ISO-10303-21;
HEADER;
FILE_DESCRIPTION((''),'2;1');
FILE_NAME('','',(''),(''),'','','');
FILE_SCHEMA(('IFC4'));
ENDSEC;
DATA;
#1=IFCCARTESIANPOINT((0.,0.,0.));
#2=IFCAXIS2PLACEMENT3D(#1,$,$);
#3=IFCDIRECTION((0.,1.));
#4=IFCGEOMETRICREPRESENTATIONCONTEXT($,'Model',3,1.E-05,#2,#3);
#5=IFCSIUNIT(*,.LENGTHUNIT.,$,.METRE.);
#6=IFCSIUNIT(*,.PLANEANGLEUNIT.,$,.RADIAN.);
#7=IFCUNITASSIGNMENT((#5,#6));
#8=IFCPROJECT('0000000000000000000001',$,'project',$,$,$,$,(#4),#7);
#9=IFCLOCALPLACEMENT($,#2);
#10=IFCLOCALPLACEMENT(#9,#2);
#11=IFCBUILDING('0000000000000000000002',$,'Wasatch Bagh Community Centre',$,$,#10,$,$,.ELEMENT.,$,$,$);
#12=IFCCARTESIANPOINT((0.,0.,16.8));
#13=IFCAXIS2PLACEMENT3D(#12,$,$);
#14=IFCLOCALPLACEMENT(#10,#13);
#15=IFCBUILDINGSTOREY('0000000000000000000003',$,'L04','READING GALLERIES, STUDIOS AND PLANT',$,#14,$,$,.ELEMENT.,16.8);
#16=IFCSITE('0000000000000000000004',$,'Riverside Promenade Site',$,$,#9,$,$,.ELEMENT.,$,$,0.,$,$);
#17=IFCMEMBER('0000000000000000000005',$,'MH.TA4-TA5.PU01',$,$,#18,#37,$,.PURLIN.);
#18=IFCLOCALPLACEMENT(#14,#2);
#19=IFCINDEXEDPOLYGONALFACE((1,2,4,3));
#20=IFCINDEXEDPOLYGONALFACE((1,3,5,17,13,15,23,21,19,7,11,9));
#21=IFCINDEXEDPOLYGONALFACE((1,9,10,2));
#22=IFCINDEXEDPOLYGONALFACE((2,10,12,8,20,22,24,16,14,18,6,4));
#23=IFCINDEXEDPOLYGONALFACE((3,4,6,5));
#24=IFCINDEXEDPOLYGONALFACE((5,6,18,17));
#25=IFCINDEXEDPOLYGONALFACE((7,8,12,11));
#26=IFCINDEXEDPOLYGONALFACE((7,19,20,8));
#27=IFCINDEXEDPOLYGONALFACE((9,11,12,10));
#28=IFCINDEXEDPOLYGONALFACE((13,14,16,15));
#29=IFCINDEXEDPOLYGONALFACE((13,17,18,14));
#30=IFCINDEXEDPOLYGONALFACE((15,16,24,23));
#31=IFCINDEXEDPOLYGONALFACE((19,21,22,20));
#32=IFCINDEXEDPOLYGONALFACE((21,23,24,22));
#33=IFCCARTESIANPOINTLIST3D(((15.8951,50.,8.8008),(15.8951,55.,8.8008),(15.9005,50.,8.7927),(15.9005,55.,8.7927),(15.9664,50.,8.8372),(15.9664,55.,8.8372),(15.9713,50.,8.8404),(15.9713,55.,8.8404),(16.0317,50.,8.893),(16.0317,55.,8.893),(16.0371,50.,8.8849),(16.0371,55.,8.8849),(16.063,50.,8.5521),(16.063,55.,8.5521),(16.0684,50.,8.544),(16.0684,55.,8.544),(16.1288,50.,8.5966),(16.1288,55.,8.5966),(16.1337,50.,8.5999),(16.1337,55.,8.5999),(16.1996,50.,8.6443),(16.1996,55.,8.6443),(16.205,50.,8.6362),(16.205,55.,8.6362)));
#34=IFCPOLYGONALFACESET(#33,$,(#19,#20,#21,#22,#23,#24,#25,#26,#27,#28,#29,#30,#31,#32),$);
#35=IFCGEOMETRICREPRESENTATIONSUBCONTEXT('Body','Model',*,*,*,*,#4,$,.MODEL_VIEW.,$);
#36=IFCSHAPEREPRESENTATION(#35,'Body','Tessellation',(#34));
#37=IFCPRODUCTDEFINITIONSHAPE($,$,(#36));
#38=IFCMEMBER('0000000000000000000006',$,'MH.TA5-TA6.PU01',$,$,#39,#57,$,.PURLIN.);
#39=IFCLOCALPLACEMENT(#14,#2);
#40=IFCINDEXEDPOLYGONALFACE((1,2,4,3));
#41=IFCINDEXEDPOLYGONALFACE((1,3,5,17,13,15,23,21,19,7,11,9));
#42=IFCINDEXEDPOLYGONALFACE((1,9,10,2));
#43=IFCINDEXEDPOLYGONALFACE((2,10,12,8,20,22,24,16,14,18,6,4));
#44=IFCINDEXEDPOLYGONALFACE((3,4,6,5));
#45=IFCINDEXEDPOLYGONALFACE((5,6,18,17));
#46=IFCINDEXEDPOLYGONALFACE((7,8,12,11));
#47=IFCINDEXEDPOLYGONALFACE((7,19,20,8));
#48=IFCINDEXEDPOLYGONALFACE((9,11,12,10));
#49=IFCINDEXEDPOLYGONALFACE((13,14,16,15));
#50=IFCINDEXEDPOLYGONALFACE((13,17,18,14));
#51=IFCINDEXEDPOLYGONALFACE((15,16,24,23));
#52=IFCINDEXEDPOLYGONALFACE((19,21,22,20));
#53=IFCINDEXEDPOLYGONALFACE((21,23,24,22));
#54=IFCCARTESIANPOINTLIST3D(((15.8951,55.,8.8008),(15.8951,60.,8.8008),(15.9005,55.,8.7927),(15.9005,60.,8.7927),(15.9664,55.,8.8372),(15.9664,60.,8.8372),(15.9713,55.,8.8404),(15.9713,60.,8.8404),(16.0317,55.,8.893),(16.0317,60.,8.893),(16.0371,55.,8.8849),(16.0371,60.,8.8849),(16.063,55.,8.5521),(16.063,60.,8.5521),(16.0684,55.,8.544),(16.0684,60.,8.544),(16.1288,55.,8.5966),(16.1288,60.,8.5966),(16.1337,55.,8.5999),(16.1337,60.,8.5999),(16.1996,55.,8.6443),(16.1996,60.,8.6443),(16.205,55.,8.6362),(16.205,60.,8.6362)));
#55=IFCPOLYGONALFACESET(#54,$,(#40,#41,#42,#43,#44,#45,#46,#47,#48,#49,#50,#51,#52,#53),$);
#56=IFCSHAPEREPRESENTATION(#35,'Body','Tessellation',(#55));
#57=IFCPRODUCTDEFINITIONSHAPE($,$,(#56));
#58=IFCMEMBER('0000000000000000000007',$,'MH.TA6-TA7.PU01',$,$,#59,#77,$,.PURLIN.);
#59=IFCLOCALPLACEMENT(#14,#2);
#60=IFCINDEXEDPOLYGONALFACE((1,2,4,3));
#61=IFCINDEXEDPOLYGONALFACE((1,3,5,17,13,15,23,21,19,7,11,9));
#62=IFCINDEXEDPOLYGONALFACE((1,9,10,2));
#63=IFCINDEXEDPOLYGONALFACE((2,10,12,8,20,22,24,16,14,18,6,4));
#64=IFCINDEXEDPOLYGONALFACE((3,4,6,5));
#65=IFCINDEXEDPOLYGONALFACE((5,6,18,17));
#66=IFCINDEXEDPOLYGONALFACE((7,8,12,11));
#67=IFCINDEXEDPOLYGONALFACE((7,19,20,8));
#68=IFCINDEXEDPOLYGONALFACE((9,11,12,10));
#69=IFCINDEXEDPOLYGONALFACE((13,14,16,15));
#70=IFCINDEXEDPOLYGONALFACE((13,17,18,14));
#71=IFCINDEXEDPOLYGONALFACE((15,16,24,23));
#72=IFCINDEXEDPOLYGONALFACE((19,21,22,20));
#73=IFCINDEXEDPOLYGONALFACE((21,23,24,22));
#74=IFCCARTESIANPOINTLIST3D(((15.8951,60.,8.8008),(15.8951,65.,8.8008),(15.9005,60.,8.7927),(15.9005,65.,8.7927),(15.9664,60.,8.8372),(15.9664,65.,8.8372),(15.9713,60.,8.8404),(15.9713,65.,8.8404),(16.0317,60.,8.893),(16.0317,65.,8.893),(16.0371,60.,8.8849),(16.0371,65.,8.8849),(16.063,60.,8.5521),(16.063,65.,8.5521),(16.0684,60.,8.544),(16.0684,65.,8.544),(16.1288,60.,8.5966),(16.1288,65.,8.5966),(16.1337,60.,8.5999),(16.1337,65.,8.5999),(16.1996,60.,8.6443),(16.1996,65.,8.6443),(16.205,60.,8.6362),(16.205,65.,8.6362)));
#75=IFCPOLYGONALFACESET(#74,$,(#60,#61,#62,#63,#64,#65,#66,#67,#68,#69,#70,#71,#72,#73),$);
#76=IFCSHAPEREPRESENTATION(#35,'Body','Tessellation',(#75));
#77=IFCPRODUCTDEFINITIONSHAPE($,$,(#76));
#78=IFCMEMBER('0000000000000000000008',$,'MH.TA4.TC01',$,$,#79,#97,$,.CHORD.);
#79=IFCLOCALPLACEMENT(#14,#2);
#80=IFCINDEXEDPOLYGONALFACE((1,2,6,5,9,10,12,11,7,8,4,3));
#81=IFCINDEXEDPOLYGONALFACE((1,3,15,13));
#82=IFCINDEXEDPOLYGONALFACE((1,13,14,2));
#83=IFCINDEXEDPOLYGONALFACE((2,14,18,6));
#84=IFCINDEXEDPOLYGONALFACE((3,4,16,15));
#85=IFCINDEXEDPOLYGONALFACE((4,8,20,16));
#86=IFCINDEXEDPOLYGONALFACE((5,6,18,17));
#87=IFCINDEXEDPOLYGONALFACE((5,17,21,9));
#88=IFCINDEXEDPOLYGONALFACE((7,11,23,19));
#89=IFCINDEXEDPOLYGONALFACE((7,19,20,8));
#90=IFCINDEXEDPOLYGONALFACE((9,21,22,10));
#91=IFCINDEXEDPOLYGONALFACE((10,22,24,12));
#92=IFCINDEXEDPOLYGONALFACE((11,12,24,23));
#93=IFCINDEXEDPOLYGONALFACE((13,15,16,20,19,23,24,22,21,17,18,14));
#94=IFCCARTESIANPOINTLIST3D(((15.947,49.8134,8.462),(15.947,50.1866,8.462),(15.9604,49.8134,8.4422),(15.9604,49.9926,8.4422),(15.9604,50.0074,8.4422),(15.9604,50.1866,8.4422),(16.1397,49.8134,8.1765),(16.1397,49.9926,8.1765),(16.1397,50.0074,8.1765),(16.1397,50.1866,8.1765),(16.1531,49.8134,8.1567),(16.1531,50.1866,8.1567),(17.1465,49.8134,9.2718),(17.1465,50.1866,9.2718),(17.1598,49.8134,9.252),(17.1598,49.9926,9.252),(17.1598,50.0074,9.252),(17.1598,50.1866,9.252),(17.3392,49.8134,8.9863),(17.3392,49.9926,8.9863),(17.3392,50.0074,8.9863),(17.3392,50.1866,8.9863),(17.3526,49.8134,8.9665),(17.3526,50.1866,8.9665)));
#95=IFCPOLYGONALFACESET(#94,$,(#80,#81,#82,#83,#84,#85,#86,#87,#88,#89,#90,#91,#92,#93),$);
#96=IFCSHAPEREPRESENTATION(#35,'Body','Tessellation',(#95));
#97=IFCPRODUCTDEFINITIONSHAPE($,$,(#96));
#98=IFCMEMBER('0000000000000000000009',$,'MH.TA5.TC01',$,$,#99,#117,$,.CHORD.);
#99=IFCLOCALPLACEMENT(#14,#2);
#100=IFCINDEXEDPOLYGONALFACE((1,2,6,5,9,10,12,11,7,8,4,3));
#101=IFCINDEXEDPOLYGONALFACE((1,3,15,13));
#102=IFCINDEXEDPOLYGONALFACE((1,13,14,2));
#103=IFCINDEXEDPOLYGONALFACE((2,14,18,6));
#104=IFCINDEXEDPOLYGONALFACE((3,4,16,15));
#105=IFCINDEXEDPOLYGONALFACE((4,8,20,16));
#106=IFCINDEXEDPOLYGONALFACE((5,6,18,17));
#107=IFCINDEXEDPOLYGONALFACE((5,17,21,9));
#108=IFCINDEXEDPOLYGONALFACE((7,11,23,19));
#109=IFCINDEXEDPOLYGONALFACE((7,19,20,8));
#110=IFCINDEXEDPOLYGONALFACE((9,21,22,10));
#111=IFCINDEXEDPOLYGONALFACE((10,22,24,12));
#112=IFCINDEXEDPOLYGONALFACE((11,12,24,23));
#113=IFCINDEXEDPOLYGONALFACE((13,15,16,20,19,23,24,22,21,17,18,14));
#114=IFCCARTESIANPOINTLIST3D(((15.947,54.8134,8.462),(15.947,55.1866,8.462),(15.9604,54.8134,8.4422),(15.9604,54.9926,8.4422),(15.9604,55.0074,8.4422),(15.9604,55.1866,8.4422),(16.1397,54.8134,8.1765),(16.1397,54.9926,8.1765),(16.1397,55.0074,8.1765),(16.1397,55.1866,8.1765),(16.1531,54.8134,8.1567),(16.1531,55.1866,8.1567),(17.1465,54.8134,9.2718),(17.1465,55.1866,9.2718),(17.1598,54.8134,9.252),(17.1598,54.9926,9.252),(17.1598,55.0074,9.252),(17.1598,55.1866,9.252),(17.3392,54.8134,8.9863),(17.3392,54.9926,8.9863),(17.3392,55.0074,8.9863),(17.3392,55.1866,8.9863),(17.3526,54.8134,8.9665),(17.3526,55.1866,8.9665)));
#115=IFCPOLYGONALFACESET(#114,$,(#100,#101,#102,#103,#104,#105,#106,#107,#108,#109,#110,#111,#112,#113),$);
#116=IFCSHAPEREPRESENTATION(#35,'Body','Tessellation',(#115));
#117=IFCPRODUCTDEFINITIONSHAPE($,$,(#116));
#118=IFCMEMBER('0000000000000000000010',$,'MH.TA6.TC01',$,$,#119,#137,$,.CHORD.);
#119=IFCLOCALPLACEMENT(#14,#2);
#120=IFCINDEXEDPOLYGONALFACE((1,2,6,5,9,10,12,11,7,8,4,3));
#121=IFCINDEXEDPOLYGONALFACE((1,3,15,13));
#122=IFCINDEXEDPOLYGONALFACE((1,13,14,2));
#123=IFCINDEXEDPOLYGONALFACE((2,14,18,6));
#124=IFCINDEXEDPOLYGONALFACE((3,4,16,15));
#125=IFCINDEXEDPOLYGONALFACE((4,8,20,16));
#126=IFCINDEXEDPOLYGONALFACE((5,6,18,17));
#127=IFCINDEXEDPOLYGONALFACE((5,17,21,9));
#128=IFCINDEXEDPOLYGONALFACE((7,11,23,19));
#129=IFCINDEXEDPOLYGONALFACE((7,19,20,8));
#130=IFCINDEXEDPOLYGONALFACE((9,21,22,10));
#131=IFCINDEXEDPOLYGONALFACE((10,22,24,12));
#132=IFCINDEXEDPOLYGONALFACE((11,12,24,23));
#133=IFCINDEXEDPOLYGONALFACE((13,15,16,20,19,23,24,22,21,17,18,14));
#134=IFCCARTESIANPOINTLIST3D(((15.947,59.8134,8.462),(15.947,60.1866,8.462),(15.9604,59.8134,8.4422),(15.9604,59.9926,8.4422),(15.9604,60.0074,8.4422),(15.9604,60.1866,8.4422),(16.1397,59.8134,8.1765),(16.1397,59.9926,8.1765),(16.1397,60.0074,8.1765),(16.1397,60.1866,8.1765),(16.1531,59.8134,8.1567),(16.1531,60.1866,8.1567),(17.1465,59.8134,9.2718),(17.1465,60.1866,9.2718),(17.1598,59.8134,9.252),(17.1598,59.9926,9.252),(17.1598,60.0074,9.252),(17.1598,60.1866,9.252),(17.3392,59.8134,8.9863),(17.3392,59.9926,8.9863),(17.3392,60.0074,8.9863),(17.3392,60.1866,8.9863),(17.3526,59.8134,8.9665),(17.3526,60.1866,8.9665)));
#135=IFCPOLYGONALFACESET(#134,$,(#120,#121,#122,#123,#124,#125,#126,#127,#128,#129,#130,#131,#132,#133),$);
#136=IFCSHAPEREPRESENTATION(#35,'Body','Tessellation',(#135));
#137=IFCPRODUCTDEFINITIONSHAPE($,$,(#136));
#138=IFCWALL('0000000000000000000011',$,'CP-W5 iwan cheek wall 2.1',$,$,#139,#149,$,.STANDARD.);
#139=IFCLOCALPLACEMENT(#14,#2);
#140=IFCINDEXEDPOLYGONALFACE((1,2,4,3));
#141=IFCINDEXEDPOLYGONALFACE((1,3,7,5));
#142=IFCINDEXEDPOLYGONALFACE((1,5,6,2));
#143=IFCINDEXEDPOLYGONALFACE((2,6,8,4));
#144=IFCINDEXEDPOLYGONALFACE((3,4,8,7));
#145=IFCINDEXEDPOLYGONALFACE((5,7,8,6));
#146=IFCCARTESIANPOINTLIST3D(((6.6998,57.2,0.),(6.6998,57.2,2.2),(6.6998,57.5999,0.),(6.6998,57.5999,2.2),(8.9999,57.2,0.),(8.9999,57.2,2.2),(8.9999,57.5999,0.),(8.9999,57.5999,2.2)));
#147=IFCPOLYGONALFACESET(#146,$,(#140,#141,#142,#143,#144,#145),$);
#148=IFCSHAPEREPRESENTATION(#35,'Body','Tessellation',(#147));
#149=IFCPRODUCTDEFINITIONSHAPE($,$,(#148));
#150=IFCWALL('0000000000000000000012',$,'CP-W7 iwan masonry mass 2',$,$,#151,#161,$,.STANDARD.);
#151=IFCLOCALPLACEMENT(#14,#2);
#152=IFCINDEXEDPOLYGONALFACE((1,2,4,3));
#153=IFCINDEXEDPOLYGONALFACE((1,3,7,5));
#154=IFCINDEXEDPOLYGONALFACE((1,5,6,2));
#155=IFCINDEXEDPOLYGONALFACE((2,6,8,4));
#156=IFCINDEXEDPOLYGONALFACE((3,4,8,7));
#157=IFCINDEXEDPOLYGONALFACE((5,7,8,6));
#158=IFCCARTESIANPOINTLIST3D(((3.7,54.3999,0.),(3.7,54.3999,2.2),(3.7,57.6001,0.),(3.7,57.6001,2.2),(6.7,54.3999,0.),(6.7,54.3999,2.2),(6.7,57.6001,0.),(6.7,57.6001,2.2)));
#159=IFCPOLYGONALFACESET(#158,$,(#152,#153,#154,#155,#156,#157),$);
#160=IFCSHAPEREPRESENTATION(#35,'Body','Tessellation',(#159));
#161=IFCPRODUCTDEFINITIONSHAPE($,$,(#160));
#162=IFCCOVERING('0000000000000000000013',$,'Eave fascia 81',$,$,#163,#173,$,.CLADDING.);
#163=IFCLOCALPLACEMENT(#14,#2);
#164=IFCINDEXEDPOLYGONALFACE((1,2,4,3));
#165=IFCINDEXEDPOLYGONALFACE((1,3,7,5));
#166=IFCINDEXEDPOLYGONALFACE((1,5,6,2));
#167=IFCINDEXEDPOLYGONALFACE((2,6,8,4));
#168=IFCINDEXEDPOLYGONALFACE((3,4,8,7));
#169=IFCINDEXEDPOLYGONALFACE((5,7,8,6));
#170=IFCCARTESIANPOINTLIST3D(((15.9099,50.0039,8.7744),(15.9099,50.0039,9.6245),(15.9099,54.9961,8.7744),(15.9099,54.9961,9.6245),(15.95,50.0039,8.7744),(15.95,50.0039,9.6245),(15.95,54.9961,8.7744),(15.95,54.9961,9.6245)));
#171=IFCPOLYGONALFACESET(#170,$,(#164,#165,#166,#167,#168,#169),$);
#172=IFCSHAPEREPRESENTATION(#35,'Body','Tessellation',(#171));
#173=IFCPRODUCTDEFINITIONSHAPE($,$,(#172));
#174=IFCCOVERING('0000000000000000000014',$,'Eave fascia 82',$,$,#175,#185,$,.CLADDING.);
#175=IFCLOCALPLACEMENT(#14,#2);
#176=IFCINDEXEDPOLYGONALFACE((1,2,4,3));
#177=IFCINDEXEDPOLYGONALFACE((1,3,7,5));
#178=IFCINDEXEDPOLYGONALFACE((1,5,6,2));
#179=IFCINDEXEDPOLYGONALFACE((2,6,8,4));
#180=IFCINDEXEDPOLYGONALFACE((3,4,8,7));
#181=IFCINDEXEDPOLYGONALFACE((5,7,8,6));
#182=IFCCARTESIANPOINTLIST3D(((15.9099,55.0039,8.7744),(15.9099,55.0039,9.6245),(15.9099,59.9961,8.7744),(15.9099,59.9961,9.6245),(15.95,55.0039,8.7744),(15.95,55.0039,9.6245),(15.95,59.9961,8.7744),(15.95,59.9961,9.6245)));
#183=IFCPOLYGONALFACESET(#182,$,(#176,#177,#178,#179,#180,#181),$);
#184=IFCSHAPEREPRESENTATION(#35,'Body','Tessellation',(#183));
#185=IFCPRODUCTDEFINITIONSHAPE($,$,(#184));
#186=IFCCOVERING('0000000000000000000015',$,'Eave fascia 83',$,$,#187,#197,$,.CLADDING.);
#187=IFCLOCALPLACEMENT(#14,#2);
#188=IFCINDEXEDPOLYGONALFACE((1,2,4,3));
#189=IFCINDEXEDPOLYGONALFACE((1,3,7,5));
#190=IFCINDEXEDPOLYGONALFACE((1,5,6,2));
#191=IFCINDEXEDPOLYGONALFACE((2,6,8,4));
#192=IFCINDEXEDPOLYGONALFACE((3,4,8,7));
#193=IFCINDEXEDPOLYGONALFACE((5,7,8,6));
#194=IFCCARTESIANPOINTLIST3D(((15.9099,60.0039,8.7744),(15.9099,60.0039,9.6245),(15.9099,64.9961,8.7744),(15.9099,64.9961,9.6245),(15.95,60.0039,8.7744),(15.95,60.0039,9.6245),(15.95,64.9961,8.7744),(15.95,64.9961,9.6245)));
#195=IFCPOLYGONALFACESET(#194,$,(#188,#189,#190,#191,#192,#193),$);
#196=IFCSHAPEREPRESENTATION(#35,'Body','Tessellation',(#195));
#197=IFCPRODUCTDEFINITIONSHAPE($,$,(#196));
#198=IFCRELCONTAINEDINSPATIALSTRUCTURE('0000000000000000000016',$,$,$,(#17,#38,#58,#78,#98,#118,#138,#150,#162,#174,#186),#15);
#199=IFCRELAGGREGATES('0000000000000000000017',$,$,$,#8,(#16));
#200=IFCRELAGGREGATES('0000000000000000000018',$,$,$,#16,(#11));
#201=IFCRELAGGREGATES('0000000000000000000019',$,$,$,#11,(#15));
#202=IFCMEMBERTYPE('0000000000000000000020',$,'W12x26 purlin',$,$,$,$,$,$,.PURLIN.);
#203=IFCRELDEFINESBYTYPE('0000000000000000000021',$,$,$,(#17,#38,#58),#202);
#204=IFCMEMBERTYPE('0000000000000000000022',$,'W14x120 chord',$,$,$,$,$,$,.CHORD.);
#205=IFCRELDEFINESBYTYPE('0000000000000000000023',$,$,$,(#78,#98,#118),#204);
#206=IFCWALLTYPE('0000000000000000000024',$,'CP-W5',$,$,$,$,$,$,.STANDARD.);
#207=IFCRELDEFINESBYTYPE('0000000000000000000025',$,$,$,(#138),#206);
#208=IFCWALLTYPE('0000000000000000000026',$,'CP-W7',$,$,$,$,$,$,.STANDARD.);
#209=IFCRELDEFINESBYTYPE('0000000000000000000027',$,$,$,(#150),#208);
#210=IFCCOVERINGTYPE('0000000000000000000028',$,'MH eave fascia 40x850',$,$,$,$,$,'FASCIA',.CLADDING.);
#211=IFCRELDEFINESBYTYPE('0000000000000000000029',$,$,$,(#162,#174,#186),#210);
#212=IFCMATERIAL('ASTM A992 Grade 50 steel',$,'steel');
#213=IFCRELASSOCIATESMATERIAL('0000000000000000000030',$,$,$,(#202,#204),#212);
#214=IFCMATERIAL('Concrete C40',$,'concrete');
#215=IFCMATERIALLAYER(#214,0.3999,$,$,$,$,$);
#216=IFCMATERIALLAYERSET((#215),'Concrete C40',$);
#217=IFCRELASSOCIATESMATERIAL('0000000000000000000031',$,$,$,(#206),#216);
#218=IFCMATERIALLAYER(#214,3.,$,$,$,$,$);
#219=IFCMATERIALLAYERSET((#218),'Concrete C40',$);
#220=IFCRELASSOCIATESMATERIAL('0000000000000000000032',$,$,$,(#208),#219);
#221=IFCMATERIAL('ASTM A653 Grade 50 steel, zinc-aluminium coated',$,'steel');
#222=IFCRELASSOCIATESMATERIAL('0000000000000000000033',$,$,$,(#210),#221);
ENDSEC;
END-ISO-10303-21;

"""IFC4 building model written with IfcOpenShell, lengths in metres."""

from ifc_helpers import new_model, si_unit, direction, frame, frame_2d, origin, origin_2d, place, context, subcontext, project, spatial, rectangle, i_section, extrude, material, layer, layer_set, material_profile, profile_set, type_object, element, save


model = new_model("IFC4")

# Units and contexts
model_context = context("Model", 3, precision=1e-05, world=origin(), true_north=direction((0.0, 1.0)))
body_context = subcontext(model_context, "Body", "Model", "MODEL_VIEW")
ifc_project = project(units=[si_unit("LENGTHUNIT", "METRE"), si_unit("PLANEANGLEUNIT", "RADIAN")], contexts=[model_context])

# Site, building, storey
site_placement = place(None, origin())
site = spatial("IfcSite", under=ifc_project, at=site_placement, Name="Riverside Promenade Site", CompositionType="ELEMENT", RefElevation=0.0)
building_placement = place(site_placement, origin())
building = spatial("IfcBuilding", under=site, at=building_placement, Name="Wasatch Bagh Community Centre", CompositionType="ELEMENT")
storey_placement = place(building_placement, frame((0.0, 0.0, 16.8)))
storey = spatial("IfcBuildingStorey", under=building, at=storey_placement, Name="L04", Description="READING GALLERIES, STUDIOS AND PLANT", CompositionType="ELEMENT", Elevation=16.8)

# Members
ifc_material_1 = material(Name="ASTM A992 Grade 50 steel", Category="steel")
ifc_material_profile_1 = material_profile(ifc_material_1, i_section(OverallWidth=0.1648, OverallDepth=0.3098, WebThickness=0.0059, FlangeThickness=0.0098, at=origin_2d()), Name="W12x26")
ifc_profile_set_1 = profile_set([ifc_material_profile_1], Name="ASTM A992 Grade 50 steel")
member_type_1 = type_object("IfcMemberType", Name="W12x26 purlin", PredefinedType="PURLIN", material=ifc_profile_set_1)
for number, where, z_axis, x_axis, name in (
    (1, (16.05, 50.0, 8.7185), (0.0, 1.0, 0.0), (-0.828791, 0.0, -0.559559), "MH.TA4-TA5.PU01"),
    (2, (16.05, 55.0, 8.7185), (0.0, 1.0, 0.0), (-0.828791, 0.0, -0.559559), "MH.TA5-TA6.PU01"),
    (3, (16.05, 60.0, 8.7185), (0.0, 1.0, 0.0), (-0.828791, 0.0, -0.559559), "MH.TA6-TA7.PU01"),
):
    element("IfcMember", number, at=place(storey_placement, frame(where, z_axis=z_axis, x_axis=x_axis)), inside=storey, type_object=member_type_1, Name=name, PredefinedType="PURLIN", context=body_context, shape_type="SweptSolid", body=[
        extrude(i_section(OverallWidth=0.1648, OverallDepth=0.3098, WebThickness=0.0059, FlangeThickness=0.0098, at=origin_2d()), origin(), (0.0, 0.0, 1.0), 5.0),
    ])
ifc_material_profile_2 = material_profile(ifc_material_1, i_section(OverallWidth=0.3733, OverallDepth=0.3684, WebThickness=0.0149, FlangeThickness=0.0239, at=origin_2d()), Name="W14x120")
ifc_profile_set_2 = profile_set([ifc_material_profile_2], Name="ASTM A992 Grade 50 steel")
member_type_2 = type_object("IfcMemberType", Name="W14x120 chord", PredefinedType="CHORD", material=ifc_profile_set_2)
for number, where, z_axis, x_axis, name in (
    (4, (16.05, 50.0, 8.3093), (0.828792, 0.0, 0.559557), (0.0, 1.0, 0.0), "MH.TA4.TC01"),
    (5, (16.05, 55.0, 8.3093), (0.828792, 0.0, 0.559557), (0.0, 1.0, 0.0), "MH.TA5.TC01"),
    (6, (16.05, 60.0, 8.3093), (0.828792, 0.0, 0.559557), (0.0, 1.0, 0.0), "MH.TA6.TC01"),
):
    element("IfcMember", number, at=place(storey_placement, frame(where, z_axis=z_axis, x_axis=x_axis)), inside=storey, type_object=member_type_2, Name=name, PredefinedType="CHORD", context=body_context, shape_type="SweptSolid", body=[
        extrude(i_section(OverallWidth=0.3733, OverallDepth=0.3684, WebThickness=0.0149, FlangeThickness=0.0239, at=origin_2d()), origin(), (0.0, 0.0, 1.0), 1.4473),
    ])

# Walls
ifc_material_2 = material(Name="Concrete C40", Category="concrete")
ifc_layer_1 = layer(ifc_material_2, 0.3999)
ifc_layer_set_1 = layer_set([ifc_layer_1], Name="Concrete C40")
wall_type_1 = type_object("IfcWallType", Name="CP-W5", PredefinedType="STANDARD", material=ifc_layer_set_1)
wall_1_placement = place(storey_placement, frame((6.7, 57.3999, 0.0), z_axis=(0.0, 0.0, 1.0), x_axis=(1.0, 0.0, 0.0)))
element("IfcWall", 7, at=wall_1_placement, inside=storey, type_object=wall_type_1, Name="CP-W5 iwan cheek wall 2.1", PredefinedType="STANDARD", context=body_context, shape_type="SweptSolid", body=[
    extrude(rectangle(XDim=2.3, YDim=0.3999, at=frame_2d((1.1499, 0.0))), origin(), (0.0, 0.0, 1.0), 2.2),
])
ifc_layer_2 = layer(ifc_material_2, 3.0)
ifc_layer_set_2 = layer_set([ifc_layer_2], Name="Concrete C40")
wall_type_2 = type_object("IfcWallType", Name="CP-W7", PredefinedType="STANDARD", material=ifc_layer_set_2)
wall_2_placement = place(storey_placement, frame((5.2, 54.3999, 0.0), z_axis=(0.0, 0.0, 1.0), x_axis=(0.0, 1.0, 0.0)))
element("IfcWall", 8, at=wall_2_placement, inside=storey, type_object=wall_type_2, Name="CP-W7 iwan masonry mass 2", PredefinedType="STANDARD", context=body_context, shape_type="SweptSolid", body=[
    extrude(rectangle(XDim=3.2002, YDim=3.0, at=frame_2d((1.6001, 0.0))), origin(), (0.0, 0.0, 1.0), 2.2),
])

# Coverings
ifc_material_3 = material(Name="ASTM A653 Grade 50 steel, zinc-aluminium coated", Category="steel")
ifc_material_profile_3 = material_profile(ifc_material_3, rectangle(XDim=0.04, YDim=0.8501, at=origin_2d()), Name="FASCIA 40x850")
ifc_profile_set_3 = profile_set([ifc_material_profile_3], Name="ASTM A653 Grade 50 steel, zinc-aluminium coated")
covering_type_1 = type_object("IfcCoveringType", Name="MH eave fascia 40x850", ElementType="FASCIA", PredefinedType="CLADDING", material=ifc_profile_set_3)
for number, where, z_axis, x_axis, name in (
    (9, (15.9299, 50.0039, 9.1995), (0.0, 1.0, 0.0), (-1.0, 0.0, 0.0), "Eave fascia 81"),
    (10, (15.9299, 55.0039, 9.1995), (0.0, 1.0, 0.0), (-1.0, 0.0, 0.0), "Eave fascia 82"),
    (11, (15.9299, 60.0039, 9.1995), (0.0, 1.0, 0.0), (-1.0, 0.0, 0.0), "Eave fascia 83"),
):
    element("IfcCovering", number, at=place(storey_placement, frame(where, z_axis=z_axis, x_axis=x_axis)), inside=storey, type_object=covering_type_1, Name=name, PredefinedType="CLADDING", context=body_context, shape_type="SweptSolid", body=[
        extrude(rectangle(XDim=0.04, YDim=0.8501, at=origin_2d()), origin(), (0.0, 0.0, 1.0), 4.9922),
    ])

save(model, "model.ifc")
